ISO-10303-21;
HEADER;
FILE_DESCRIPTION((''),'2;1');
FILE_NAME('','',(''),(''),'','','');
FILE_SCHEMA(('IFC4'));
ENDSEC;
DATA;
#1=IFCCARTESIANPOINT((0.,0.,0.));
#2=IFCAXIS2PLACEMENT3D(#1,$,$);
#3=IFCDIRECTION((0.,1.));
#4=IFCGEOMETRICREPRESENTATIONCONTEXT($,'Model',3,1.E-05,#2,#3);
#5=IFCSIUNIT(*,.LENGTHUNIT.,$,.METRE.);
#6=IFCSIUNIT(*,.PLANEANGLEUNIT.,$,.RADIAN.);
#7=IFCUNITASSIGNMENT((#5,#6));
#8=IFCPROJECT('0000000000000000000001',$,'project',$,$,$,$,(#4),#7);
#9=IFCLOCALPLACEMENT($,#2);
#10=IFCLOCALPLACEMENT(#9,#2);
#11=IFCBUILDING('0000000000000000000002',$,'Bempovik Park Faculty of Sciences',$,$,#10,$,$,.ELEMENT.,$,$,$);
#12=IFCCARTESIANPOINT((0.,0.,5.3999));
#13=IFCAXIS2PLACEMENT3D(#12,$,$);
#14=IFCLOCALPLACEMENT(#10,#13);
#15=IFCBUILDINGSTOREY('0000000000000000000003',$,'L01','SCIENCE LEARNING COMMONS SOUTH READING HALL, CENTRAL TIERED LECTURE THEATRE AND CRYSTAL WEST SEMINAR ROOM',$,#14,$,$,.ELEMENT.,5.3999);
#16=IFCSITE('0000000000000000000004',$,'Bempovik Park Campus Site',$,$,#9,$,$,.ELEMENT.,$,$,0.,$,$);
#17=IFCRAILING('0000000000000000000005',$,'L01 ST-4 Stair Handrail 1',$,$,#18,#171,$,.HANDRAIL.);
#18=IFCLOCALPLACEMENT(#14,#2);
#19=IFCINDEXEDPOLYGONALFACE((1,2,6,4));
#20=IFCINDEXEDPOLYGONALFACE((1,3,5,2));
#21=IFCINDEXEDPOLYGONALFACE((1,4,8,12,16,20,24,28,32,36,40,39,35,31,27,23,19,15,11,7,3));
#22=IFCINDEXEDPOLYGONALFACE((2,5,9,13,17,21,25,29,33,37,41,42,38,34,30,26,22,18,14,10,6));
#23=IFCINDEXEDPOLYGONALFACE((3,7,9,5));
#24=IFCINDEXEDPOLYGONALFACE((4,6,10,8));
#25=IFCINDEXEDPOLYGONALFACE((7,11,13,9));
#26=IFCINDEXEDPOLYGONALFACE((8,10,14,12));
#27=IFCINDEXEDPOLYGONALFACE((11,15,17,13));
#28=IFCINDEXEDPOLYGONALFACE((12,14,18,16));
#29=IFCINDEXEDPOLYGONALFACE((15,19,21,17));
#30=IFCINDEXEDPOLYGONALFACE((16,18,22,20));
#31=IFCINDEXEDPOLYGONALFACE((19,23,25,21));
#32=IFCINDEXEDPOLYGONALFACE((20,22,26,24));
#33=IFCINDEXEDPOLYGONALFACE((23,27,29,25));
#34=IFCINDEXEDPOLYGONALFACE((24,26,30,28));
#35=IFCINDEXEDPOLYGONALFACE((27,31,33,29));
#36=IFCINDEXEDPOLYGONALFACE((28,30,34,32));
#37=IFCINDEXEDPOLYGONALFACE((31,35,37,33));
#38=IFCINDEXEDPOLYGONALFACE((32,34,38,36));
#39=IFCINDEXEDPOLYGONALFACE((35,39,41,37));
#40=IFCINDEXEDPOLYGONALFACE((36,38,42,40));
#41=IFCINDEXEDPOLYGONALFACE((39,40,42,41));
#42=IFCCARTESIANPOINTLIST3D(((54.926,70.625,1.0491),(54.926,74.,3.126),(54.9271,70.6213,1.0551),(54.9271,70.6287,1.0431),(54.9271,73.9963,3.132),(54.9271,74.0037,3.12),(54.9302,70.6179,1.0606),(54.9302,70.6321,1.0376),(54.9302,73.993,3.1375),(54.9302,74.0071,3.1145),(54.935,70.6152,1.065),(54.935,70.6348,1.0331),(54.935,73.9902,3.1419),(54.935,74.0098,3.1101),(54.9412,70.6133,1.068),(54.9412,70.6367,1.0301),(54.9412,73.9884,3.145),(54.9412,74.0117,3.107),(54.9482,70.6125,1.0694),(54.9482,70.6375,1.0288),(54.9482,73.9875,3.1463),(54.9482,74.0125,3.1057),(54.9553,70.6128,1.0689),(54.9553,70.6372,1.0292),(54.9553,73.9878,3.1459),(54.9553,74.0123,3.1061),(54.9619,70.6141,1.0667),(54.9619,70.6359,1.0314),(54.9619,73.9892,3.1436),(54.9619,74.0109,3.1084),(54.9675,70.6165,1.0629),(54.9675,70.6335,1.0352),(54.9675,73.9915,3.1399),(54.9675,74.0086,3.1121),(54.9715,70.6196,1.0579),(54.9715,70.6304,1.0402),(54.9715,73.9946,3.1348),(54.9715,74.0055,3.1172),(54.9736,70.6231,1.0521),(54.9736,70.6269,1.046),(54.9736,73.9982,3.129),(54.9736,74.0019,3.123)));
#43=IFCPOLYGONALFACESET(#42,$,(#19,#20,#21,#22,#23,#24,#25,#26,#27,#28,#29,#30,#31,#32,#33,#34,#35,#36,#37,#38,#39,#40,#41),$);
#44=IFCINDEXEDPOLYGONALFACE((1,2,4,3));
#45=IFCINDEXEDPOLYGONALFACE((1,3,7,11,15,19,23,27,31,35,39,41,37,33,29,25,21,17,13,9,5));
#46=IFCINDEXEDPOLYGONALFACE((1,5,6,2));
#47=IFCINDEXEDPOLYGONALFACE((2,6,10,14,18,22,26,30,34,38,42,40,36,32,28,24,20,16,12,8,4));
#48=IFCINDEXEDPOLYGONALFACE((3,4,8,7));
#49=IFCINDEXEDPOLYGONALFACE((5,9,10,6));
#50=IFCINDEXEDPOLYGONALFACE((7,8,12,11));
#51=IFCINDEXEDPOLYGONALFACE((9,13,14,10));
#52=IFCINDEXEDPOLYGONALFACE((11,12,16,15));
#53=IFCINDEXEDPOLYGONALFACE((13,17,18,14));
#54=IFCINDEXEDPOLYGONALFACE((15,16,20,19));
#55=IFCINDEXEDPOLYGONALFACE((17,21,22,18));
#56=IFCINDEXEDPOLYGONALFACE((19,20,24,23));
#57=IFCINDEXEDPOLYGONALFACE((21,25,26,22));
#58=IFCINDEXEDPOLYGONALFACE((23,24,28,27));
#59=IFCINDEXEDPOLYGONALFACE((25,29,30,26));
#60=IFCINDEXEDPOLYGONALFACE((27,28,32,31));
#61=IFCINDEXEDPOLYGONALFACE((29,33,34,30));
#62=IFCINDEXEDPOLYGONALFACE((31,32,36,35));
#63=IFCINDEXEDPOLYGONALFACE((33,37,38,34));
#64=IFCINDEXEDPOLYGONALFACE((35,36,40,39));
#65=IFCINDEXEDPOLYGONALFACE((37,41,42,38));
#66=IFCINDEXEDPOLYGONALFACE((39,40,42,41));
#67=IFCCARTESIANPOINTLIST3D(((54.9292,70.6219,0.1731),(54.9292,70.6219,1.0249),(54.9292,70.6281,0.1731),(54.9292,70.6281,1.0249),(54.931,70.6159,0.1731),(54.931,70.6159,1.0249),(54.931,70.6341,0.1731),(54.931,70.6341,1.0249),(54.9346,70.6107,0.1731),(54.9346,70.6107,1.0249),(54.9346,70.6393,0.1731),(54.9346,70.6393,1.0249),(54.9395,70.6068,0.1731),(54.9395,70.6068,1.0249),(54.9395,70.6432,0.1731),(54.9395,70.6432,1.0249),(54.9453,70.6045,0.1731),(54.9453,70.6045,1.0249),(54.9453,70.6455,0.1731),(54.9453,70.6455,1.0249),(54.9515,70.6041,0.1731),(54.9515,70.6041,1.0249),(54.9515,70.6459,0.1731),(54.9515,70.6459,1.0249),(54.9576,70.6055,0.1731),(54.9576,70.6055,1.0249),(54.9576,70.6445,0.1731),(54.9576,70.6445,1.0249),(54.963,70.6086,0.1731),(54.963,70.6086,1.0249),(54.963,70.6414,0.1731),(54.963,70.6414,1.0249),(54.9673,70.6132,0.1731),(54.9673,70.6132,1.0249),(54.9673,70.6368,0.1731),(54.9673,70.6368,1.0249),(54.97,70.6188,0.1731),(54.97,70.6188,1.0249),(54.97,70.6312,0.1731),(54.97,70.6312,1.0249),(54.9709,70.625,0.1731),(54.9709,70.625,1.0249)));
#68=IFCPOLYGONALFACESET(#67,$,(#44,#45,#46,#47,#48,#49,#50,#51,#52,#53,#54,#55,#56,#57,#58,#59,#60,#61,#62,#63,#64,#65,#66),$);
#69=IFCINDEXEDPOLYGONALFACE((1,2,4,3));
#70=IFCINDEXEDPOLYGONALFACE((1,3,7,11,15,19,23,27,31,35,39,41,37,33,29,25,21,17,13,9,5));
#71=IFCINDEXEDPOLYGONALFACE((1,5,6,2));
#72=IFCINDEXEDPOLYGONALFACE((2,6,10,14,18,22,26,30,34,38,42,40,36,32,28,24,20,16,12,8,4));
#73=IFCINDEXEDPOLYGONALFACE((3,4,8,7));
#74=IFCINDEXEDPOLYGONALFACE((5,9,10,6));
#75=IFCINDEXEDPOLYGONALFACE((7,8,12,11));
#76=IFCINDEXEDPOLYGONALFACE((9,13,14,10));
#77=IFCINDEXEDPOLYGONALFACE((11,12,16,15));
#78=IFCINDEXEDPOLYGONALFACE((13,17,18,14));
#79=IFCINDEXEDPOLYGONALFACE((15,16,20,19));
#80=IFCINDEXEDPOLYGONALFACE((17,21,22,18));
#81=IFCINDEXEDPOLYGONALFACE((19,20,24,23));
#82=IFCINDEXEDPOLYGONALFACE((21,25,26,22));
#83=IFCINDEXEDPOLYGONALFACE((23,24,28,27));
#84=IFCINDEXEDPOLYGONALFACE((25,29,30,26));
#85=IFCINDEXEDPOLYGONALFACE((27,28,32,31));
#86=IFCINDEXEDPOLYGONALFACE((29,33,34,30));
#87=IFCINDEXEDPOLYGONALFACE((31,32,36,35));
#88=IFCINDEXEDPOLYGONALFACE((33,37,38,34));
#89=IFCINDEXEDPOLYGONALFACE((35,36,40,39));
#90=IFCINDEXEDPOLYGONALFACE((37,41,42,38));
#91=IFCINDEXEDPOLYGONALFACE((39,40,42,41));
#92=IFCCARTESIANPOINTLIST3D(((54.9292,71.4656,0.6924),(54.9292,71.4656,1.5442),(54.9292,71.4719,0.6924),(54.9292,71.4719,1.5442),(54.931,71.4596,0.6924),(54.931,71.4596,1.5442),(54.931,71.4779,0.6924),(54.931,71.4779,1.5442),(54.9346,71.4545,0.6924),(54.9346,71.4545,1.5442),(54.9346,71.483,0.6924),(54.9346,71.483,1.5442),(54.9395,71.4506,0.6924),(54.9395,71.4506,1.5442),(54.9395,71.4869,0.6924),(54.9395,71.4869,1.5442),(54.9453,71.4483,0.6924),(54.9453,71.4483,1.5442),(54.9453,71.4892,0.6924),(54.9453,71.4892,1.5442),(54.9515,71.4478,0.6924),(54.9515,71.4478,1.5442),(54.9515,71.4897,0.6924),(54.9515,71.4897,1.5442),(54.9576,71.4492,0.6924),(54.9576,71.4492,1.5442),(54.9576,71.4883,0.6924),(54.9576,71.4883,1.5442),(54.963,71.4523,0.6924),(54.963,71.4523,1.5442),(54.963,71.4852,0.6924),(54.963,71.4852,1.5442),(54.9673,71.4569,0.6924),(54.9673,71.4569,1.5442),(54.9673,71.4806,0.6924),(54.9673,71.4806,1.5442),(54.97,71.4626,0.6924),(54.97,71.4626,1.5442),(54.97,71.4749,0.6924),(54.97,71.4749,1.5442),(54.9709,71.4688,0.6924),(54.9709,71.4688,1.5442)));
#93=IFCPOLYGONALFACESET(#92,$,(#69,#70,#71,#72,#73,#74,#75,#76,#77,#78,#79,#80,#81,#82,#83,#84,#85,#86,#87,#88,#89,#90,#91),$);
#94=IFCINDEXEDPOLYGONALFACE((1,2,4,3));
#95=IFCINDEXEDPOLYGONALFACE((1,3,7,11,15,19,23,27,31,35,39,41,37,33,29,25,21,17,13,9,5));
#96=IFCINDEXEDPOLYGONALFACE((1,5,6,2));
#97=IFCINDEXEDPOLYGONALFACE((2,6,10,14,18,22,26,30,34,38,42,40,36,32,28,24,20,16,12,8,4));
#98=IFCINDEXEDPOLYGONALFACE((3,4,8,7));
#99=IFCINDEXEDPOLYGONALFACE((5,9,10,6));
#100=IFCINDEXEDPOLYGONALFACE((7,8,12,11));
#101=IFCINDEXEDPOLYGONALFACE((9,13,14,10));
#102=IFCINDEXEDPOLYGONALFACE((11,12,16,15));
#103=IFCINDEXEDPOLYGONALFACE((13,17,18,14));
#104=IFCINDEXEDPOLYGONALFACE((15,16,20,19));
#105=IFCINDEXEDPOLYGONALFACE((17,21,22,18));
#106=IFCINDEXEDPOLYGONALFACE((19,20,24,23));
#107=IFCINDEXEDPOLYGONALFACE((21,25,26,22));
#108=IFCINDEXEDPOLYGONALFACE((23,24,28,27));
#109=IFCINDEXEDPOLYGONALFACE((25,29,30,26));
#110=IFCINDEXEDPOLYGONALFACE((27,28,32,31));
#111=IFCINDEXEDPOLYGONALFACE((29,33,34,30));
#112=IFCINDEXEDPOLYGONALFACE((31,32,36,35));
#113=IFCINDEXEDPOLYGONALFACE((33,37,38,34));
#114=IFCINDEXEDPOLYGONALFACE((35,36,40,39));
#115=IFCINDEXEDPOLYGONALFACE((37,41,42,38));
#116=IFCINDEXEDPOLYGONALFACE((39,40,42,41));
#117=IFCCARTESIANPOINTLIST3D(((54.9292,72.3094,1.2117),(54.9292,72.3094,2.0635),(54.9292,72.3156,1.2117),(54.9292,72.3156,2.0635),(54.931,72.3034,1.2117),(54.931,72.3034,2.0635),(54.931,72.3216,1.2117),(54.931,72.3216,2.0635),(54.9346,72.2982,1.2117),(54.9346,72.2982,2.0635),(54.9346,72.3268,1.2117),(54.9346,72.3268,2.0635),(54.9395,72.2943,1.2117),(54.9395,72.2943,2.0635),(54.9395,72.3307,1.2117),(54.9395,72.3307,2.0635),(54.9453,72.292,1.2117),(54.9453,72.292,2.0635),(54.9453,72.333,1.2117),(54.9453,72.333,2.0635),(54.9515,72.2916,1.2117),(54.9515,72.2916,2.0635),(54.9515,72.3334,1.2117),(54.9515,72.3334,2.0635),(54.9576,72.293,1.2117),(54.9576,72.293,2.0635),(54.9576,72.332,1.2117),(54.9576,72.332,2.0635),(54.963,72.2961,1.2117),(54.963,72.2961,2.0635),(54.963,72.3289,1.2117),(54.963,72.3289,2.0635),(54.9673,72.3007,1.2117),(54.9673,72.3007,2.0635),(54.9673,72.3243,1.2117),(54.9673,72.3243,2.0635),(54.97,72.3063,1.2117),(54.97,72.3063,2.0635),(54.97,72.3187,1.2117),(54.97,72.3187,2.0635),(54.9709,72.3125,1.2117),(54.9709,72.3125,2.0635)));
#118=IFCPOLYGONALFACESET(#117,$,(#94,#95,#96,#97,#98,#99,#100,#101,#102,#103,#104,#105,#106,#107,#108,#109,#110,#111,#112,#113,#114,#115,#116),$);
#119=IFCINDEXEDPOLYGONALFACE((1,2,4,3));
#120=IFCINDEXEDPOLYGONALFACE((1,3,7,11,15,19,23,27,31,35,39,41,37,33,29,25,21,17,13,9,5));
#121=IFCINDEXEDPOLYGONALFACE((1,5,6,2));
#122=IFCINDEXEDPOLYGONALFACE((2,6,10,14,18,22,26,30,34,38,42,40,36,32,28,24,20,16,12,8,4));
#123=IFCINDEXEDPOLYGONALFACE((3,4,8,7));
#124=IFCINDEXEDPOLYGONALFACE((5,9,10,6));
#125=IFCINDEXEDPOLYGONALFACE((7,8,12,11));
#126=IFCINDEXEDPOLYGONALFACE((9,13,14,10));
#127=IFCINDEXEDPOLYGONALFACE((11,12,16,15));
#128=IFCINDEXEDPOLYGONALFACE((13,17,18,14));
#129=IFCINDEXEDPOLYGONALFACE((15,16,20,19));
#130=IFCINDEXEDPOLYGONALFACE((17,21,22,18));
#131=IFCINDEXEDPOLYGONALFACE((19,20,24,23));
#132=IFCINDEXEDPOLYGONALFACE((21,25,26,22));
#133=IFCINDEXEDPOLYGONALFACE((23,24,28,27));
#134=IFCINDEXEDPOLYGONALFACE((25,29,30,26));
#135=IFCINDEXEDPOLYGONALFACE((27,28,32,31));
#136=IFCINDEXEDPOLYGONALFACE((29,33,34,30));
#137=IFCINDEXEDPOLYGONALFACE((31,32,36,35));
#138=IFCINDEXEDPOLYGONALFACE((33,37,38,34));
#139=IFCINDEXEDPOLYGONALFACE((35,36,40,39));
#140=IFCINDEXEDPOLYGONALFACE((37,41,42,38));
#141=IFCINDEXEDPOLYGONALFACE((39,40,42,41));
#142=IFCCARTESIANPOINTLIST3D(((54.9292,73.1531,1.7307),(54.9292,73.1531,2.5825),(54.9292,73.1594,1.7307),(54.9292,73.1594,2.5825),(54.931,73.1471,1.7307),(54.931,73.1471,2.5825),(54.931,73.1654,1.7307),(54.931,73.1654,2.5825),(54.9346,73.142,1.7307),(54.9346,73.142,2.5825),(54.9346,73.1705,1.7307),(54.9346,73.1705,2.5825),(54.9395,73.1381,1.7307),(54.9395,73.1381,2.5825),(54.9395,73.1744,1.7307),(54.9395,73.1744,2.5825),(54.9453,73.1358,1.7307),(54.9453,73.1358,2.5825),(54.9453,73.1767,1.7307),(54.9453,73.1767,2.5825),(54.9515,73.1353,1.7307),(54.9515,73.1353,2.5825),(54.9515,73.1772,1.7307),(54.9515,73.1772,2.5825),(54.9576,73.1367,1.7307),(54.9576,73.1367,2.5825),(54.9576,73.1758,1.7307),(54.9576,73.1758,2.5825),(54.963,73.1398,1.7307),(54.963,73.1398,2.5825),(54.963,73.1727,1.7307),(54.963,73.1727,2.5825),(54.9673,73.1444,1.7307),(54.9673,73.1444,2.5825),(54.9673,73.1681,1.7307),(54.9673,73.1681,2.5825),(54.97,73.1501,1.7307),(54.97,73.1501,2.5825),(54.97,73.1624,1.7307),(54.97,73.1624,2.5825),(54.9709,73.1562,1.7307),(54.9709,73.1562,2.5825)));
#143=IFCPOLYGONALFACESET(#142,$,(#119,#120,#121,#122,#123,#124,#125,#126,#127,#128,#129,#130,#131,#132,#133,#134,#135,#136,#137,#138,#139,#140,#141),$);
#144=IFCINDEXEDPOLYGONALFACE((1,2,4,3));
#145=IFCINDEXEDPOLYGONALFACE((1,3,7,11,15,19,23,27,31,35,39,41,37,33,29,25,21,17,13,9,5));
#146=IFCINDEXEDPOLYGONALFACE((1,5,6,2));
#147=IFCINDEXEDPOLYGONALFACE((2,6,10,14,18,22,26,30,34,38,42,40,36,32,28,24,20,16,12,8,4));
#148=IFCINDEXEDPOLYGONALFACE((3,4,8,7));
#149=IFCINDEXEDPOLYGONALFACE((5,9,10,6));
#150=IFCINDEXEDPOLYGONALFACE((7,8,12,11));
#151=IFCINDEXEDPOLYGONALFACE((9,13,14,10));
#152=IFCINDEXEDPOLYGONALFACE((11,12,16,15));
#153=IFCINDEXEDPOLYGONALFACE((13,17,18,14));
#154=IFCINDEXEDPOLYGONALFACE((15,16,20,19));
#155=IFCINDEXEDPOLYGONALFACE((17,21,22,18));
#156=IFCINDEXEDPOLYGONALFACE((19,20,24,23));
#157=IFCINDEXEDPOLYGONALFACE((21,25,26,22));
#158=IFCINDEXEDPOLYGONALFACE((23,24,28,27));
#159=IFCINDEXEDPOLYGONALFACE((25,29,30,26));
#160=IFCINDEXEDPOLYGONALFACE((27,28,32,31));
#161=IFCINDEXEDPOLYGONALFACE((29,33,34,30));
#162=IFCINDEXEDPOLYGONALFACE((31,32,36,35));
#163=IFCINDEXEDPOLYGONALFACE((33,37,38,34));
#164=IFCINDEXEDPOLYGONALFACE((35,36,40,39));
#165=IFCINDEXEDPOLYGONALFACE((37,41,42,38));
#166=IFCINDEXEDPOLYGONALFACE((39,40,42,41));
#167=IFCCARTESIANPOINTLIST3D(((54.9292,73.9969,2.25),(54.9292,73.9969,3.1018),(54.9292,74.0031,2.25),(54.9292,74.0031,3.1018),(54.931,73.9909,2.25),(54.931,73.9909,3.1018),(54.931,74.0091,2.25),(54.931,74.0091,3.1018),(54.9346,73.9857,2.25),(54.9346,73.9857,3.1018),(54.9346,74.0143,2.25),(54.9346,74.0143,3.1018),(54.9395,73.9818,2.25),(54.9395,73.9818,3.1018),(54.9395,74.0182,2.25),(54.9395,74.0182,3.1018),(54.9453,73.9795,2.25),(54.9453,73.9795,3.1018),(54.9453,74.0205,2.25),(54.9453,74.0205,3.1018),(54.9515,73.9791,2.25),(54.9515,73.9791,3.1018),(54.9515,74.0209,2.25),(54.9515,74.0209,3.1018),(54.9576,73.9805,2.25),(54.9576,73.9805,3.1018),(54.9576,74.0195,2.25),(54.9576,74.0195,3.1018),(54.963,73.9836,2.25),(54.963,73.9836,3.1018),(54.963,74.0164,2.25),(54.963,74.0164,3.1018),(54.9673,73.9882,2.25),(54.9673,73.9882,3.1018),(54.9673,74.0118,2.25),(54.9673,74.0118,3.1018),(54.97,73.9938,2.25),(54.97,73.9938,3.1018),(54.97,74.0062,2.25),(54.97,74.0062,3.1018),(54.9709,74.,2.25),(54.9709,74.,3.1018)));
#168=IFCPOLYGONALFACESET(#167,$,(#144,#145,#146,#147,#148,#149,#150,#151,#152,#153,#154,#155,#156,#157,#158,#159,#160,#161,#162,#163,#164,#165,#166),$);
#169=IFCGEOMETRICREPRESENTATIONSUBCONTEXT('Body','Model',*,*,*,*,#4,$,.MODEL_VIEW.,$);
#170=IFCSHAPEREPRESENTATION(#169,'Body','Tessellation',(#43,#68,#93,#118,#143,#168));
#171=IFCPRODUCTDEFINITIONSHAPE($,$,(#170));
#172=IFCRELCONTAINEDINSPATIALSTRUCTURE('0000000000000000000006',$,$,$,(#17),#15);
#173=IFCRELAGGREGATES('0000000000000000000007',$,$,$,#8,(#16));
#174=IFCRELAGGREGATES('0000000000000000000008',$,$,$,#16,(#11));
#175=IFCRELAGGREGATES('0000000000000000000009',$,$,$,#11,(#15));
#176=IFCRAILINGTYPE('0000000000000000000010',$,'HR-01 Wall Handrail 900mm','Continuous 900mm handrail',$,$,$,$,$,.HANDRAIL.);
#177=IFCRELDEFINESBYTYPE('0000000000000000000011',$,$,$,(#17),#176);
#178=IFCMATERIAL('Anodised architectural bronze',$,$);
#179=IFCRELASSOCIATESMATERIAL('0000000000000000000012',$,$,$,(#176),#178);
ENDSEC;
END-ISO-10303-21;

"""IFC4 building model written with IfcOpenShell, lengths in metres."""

from ifc_helpers import new_model, si_unit, direction, frame, origin, origin_2d, place, context, subcontext, project, spatial, circle, extrude, material, type_object, element, save


model = new_model("IFC4")

# Units and contexts
model_context = context("Model", 3, precision=1e-05, world=origin(), true_north=direction((0.0, 1.0)))
body_context = subcontext(model_context, "Body", "Model", "MODEL_VIEW")
ifc_project = project(units=[si_unit("LENGTHUNIT", "METRE"), si_unit("PLANEANGLEUNIT", "RADIAN")], contexts=[model_context])

# Site, building, storey
site_placement = place(None, origin())
site = spatial("IfcSite", under=ifc_project, at=site_placement, Name="Bempovik Park Campus Site", CompositionType="ELEMENT", RefElevation=0.0)
building_placement = place(site_placement, origin())
building = spatial("IfcBuilding", under=site, at=building_placement, Name="Bempovik Park Faculty of Sciences", CompositionType="ELEMENT")
storey_placement = place(building_placement, frame((0.0, 0.0, 5.3999)))
storey = spatial("IfcBuildingStorey", under=building, at=storey_placement, Name="L01", Description="SCIENCE LEARNING COMMONS SOUTH READING HALL, CENTRAL TIERED LECTURE THEATRE AND CRYSTAL WEST SEMINAR ROOM", CompositionType="ELEMENT", Elevation=5.3999)

# Shared definitions
ifc_material_1 = material(Name="Anodised architectural bronze")

# Railing
railing_type_1 = type_object("IfcRailingType", Name="HR-01 Wall Handrail 900mm", Description="Continuous 900mm handrail", PredefinedType="HANDRAIL", material=ifc_material_1)
railing_1_placement = place(storey_placement, frame((54.95, 70.625, 0.1731)))
element("IfcRailing", 1, at=railing_1_placement, inside=storey, type_object=railing_type_1, Name="L01 ST-4 Stair Handrail 1", PredefinedType="HANDRAIL", context=body_context, shape_type="SweptSolid", body=[
    extrude(circle(Radius=0.0239, at=origin_2d()), frame((0.0, 0.0, 0.876), z_axis=(0.0, 0.85166, 0.524094), x_axis=(-1.0, 0.0, 0.0)), (0.0, 0.0, 1.0), 3.9629),
    extrude(circle(Radius=0.021, at=origin_2d()), origin(), (0.0, 0.0, 1.0), 0.8518),
    extrude(circle(Radius=0.021, at=origin_2d()), frame((0.0, 0.8438, 0.5193)), (0.0, 0.0, 1.0), 0.8518),
    extrude(circle(Radius=0.021, at=origin_2d()), frame((0.0, 1.6875, 1.0386)), (0.0, 0.0, 1.0), 0.8518),
    extrude(circle(Radius=0.021, at=origin_2d()), frame((0.0, 2.5312, 1.5576)), (0.0, 0.0, 1.0), 0.8518),
    extrude(circle(Radius=0.021, at=origin_2d()), frame((0.0, 3.375, 2.0769)), (0.0, 0.0, 1.0), 0.8518),
])

save(model, "model.ifc")
